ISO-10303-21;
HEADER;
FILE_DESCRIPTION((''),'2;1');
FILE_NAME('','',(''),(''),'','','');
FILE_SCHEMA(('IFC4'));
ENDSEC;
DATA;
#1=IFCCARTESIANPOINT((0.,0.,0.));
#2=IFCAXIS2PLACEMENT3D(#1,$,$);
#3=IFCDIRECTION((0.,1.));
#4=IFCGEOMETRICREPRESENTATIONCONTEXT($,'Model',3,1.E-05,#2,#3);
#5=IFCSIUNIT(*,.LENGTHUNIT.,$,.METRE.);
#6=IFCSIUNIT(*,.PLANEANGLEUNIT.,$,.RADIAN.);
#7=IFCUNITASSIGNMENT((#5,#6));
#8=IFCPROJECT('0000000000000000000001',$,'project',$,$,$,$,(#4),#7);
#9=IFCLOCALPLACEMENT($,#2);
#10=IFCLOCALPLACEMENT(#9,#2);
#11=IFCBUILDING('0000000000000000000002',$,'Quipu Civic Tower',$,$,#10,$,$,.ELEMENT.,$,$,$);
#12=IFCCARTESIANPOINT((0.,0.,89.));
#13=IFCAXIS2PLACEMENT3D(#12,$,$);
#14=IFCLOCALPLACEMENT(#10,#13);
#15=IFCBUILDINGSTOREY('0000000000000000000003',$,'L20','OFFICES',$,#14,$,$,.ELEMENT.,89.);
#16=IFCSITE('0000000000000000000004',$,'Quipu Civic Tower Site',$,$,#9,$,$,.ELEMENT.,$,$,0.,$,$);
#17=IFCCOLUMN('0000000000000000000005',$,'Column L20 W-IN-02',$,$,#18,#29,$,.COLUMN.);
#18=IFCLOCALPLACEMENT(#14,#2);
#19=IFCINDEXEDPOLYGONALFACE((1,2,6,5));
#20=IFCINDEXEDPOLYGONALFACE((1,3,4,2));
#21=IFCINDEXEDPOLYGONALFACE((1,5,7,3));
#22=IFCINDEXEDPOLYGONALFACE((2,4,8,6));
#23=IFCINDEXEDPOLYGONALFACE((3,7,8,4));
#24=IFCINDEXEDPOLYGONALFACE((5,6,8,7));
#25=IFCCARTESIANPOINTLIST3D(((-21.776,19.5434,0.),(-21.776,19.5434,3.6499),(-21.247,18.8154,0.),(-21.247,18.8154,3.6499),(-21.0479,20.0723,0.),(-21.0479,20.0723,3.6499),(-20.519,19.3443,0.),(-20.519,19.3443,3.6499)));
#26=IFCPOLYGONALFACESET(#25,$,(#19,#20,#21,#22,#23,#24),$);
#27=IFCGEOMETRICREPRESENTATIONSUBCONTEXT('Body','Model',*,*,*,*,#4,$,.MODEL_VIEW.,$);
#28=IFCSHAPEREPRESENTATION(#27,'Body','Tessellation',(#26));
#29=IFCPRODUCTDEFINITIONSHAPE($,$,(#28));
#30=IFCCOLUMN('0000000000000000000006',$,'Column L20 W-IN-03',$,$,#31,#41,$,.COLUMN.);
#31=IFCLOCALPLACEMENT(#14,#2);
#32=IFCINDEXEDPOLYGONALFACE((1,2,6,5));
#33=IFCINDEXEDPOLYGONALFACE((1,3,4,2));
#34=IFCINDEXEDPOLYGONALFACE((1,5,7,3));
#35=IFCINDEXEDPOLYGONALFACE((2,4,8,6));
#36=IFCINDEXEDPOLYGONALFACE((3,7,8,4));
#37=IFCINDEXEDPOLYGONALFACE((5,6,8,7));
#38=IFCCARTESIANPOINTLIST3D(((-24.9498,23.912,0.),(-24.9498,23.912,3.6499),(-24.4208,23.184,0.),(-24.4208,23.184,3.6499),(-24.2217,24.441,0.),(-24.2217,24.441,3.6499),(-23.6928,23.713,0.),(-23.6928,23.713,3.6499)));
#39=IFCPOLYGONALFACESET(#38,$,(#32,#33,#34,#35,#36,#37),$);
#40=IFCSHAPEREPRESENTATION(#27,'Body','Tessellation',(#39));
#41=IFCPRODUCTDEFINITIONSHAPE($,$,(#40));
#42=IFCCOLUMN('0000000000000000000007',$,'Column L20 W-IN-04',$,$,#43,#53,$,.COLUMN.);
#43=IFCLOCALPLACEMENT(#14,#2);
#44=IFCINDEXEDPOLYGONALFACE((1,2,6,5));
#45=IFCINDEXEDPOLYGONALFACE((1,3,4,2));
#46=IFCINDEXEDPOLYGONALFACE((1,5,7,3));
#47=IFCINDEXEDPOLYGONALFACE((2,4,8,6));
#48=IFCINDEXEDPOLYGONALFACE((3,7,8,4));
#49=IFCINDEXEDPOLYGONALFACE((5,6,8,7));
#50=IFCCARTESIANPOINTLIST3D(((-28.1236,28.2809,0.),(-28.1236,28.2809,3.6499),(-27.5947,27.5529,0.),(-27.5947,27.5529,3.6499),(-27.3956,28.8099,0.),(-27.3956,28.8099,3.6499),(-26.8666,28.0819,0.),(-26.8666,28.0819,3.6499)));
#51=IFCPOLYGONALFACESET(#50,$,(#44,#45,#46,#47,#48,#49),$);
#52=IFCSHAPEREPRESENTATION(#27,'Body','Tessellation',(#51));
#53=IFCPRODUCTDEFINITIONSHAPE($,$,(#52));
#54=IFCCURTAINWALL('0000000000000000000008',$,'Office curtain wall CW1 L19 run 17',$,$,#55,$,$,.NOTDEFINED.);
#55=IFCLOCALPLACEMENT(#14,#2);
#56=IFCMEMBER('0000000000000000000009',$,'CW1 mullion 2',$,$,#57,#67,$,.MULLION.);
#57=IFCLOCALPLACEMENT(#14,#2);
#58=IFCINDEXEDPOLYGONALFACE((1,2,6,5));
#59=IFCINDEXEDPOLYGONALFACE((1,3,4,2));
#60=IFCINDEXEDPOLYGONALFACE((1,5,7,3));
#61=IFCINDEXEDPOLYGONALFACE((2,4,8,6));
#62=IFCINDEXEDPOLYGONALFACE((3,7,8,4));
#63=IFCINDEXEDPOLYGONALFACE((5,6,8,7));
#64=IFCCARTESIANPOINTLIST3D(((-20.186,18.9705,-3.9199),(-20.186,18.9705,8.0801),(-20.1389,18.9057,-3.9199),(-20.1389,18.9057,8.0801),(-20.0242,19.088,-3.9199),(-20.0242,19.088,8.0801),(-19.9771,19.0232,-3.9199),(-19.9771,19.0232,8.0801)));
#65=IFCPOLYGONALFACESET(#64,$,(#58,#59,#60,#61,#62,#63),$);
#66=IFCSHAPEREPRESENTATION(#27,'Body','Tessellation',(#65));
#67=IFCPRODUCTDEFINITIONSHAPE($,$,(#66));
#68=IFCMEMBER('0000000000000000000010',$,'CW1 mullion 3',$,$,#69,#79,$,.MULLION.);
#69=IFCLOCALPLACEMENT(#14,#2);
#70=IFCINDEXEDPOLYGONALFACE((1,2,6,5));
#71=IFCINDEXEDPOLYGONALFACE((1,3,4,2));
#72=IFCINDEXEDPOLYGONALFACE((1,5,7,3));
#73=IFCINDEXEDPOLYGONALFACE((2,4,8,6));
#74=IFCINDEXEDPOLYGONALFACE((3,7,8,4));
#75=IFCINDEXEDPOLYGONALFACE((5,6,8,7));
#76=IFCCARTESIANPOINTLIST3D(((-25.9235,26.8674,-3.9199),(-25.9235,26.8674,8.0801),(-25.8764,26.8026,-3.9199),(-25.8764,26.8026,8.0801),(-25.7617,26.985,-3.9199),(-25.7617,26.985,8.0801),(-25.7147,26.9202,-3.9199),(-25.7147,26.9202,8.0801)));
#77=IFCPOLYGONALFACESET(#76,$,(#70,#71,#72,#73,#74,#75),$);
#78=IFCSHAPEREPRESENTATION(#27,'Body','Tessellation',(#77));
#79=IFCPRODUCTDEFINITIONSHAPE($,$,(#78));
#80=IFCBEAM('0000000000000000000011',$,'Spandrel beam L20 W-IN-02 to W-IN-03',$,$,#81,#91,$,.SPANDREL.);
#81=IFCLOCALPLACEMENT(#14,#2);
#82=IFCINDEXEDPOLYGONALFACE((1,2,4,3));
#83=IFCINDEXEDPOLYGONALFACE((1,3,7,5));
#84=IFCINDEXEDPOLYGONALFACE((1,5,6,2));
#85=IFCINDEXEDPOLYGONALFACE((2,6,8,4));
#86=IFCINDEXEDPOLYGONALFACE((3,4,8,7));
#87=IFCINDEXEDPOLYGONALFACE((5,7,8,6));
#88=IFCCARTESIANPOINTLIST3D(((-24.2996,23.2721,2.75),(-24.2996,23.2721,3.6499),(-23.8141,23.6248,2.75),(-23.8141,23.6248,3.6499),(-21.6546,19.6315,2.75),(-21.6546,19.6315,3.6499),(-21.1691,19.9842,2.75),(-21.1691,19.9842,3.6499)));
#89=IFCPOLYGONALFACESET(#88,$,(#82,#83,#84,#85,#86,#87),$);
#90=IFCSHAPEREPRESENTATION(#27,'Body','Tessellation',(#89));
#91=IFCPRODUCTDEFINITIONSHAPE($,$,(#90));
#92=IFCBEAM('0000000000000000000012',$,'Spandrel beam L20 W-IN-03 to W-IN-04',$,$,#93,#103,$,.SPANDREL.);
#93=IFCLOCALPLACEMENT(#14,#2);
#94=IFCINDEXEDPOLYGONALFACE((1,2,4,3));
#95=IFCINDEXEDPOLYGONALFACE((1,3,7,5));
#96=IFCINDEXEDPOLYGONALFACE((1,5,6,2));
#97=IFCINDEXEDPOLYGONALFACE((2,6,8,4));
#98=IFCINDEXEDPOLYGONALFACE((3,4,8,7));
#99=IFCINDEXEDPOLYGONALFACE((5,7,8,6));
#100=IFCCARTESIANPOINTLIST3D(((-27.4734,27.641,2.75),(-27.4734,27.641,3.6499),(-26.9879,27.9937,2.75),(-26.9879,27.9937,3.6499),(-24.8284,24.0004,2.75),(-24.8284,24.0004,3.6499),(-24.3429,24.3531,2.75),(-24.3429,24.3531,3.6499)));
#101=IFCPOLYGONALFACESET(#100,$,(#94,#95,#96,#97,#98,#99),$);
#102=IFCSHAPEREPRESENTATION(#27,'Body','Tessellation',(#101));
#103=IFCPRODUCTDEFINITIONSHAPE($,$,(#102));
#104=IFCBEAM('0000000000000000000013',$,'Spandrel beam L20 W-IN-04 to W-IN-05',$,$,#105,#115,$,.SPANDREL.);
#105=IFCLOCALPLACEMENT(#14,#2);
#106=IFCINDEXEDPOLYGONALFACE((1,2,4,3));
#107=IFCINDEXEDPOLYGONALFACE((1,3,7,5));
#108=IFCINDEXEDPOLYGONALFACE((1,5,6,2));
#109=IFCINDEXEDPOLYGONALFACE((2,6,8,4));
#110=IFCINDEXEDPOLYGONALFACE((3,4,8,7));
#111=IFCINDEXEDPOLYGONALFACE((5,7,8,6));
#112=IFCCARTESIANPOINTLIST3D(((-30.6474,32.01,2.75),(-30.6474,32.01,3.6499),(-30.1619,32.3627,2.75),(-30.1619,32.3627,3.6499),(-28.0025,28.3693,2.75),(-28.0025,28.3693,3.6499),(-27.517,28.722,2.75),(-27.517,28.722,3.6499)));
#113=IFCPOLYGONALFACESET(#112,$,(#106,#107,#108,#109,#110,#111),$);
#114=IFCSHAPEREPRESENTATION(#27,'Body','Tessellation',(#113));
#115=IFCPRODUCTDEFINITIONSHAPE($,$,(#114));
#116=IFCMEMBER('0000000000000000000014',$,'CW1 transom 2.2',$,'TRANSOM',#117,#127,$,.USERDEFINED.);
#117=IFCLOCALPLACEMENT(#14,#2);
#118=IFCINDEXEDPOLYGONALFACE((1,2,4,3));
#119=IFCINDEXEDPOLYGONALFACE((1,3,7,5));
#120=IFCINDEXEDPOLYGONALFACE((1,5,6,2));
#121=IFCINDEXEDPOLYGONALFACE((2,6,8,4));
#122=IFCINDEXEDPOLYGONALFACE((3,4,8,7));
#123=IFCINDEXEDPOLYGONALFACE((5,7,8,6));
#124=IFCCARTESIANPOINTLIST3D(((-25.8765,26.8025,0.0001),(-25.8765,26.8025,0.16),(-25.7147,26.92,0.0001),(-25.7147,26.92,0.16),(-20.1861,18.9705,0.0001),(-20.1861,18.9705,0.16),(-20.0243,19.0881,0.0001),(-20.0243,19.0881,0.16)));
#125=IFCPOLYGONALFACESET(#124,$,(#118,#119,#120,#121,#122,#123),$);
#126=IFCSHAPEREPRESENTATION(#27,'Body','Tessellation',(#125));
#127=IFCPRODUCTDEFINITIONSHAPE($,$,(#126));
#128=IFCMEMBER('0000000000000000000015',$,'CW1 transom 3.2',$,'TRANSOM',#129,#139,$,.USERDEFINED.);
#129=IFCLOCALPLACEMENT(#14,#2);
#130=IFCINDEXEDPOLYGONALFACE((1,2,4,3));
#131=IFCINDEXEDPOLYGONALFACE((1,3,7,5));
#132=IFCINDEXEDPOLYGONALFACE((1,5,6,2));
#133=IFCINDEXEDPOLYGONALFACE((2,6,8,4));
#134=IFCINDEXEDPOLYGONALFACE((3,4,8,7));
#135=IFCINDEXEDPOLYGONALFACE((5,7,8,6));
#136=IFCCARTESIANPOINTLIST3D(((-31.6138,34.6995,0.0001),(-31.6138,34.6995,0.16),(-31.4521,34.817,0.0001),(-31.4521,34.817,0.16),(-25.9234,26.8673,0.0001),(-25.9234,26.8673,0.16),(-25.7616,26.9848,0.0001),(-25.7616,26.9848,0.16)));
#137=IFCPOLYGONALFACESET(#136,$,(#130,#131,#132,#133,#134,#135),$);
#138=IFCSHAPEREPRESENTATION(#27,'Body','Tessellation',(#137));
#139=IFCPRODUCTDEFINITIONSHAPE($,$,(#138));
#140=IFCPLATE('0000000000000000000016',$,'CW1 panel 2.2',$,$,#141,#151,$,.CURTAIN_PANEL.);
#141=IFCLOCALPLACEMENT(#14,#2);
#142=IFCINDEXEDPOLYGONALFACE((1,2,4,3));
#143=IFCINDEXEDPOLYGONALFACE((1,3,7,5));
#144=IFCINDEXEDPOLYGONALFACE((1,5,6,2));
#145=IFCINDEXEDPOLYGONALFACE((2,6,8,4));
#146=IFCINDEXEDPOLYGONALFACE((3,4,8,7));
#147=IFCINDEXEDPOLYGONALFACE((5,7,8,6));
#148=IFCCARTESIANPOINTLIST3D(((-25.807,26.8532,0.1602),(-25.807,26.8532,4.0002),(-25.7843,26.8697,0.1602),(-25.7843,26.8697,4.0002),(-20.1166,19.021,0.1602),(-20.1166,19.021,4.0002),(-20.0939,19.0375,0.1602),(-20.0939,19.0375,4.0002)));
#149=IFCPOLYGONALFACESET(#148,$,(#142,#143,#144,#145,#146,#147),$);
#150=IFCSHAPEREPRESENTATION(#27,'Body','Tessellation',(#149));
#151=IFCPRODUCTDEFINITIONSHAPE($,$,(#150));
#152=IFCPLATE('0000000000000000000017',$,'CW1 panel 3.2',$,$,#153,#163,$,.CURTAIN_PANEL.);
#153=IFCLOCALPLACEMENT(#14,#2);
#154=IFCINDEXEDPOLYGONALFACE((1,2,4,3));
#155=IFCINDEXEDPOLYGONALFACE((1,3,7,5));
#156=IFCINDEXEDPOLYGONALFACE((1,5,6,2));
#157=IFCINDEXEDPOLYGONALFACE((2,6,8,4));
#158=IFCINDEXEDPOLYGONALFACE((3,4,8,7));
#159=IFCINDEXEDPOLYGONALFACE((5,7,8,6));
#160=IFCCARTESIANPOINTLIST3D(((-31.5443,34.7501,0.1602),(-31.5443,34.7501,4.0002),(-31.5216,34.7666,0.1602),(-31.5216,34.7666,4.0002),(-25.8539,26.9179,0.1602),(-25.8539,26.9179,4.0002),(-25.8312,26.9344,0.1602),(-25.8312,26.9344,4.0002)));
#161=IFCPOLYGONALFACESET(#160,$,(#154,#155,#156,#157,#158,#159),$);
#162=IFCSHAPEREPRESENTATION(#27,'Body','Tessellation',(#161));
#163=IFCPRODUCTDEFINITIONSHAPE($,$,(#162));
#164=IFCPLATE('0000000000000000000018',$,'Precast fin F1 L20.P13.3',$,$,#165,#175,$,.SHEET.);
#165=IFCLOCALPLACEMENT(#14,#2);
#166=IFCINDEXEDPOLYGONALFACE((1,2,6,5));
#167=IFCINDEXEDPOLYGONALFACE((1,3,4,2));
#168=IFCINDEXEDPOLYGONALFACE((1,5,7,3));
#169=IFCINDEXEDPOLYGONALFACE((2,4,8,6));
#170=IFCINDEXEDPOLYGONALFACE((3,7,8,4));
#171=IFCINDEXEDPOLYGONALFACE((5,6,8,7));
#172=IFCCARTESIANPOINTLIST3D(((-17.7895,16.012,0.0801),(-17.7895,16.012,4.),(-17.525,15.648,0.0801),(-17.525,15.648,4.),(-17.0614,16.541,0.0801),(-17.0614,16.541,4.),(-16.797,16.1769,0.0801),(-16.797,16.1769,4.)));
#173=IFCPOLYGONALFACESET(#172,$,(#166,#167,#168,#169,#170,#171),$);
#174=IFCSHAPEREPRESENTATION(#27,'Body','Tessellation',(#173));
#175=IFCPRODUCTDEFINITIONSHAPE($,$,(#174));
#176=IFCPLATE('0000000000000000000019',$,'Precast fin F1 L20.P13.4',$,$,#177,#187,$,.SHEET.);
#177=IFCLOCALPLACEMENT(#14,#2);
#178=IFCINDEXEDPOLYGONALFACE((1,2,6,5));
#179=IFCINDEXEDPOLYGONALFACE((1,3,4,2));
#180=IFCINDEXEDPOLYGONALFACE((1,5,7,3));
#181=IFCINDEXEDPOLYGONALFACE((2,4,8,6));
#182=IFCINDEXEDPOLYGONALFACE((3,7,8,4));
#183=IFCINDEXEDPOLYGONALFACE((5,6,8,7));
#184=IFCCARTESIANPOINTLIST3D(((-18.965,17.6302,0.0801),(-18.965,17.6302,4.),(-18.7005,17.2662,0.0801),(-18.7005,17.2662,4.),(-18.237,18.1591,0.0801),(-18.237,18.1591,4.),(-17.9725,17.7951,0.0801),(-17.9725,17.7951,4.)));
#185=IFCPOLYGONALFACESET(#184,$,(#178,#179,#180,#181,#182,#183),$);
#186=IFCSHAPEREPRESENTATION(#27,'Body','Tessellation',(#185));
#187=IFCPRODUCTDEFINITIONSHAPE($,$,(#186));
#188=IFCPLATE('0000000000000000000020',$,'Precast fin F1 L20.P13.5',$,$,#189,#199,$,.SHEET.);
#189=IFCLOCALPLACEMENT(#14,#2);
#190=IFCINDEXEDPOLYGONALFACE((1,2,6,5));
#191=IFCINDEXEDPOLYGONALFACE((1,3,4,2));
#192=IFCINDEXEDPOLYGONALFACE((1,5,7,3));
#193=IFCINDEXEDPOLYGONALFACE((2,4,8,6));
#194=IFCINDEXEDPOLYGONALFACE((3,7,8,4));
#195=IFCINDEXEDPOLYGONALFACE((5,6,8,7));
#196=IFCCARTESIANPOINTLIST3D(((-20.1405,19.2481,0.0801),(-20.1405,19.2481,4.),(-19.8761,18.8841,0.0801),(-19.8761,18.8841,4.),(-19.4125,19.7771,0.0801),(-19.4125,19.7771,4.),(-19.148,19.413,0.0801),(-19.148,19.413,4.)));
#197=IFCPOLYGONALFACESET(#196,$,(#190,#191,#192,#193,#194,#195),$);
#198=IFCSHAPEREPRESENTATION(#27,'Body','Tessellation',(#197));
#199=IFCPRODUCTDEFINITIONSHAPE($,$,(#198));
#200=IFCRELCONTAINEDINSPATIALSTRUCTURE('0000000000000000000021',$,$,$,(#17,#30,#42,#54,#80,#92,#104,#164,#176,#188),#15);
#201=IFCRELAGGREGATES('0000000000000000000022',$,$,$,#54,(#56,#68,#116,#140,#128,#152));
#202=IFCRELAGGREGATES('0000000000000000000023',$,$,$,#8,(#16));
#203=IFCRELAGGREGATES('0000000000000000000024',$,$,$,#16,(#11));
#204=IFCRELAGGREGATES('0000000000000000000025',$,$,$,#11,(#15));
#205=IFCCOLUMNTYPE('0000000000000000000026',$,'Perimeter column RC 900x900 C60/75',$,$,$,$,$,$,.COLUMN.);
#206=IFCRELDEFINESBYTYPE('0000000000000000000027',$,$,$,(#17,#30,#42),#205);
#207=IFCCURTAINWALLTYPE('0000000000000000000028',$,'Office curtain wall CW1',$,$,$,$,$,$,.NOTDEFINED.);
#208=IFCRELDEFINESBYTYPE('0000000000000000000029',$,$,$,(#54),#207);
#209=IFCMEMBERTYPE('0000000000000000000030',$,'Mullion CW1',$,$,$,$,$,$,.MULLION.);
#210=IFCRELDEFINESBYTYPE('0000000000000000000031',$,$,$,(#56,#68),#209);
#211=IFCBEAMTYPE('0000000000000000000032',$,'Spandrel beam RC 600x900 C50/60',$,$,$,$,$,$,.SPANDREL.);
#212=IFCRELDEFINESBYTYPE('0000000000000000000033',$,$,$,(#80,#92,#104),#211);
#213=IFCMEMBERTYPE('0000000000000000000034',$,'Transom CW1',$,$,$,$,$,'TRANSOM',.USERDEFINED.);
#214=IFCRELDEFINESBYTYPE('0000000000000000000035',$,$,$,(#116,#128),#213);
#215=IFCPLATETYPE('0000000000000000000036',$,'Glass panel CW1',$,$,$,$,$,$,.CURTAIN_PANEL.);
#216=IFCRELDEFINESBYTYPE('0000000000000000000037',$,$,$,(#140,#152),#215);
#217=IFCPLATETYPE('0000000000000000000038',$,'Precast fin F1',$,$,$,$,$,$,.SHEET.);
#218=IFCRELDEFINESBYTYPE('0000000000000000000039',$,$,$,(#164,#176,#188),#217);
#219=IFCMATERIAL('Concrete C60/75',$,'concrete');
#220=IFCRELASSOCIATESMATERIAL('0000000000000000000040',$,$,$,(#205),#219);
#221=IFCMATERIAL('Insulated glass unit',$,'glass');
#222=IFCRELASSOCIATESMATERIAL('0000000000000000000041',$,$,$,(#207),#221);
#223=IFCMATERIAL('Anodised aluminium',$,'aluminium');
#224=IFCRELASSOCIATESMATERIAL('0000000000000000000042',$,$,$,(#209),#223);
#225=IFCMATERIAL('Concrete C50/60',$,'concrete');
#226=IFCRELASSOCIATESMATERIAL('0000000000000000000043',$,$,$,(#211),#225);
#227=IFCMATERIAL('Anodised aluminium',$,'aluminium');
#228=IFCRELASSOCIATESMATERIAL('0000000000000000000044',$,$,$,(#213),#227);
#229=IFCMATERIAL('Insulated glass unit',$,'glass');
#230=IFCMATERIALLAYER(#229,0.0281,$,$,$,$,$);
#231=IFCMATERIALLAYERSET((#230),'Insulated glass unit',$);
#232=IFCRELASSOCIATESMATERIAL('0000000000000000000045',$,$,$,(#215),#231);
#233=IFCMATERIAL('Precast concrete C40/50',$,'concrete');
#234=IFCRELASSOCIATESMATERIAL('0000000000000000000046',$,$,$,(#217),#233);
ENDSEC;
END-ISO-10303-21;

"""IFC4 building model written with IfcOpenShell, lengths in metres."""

from ifc_helpers import new_model, si_unit, direction, frame, origin, origin_2d, place, context, subcontext, project, spatial, rectangle, extrude, material, layer, layer_set, material_profile, profile_set, type_object, element, aggregate, save


model = new_model("IFC4")

# Units and contexts
model_context = context("Model", 3, precision=1e-05, world=origin(), true_north=direction((0.0, 1.0)))
body_context = subcontext(model_context, "Body", "Model", "MODEL_VIEW")
ifc_project = project(units=[si_unit("LENGTHUNIT", "METRE"), si_unit("PLANEANGLEUNIT", "RADIAN")], contexts=[model_context])

# Site, building, storey
site_placement = place(None, origin())
site = spatial("IfcSite", under=ifc_project, at=site_placement, Name="Quipu Civic Tower Site", CompositionType="ELEMENT", RefElevation=0.0)
building_placement = place(site_placement, origin())
building = spatial("IfcBuilding", under=site, at=building_placement, Name="Quipu Civic Tower", CompositionType="ELEMENT")
storey_placement = place(building_placement, frame((0.0, 0.0, 89.0)))
storey = spatial("IfcBuildingStorey", under=building, at=storey_placement, Name="L20", Description="OFFICES", CompositionType="ELEMENT", Elevation=89.0)

# Columns
ifc_material_1 = material(Name="Concrete C60/75", Category="concrete")
ifc_material_profile_1 = material_profile(ifc_material_1, rectangle(XDim=0.8999, YDim=0.8999, at=origin_2d()), Name="RC900x900")
ifc_profile_set_1 = profile_set([ifc_material_profile_1], Name="Concrete C60/75")
column_type = type_object("IfcColumnType", Name="Perimeter column RC 900x900 C60/75", PredefinedType="COLUMN", material=ifc_profile_set_1)
for number, where, z_axis, x_axis, name in (
    (1, (-21.1475, 19.4438, 0.0), (0.0, 0.0, 1.0), (-0.587785, 0.809017, 0.0), "Column L20 W-IN-02"),
    (2, (-24.3213, 23.8125, 0.0), (0.0, 0.0, 1.0), (-0.587785, 0.809017, 0.0), "Column L20 W-IN-03"),
    (3, (-27.4951, 28.1814, 0.0), (0.0, 0.0, 1.0), (-0.587785, 0.809017, 0.0), "Column L20 W-IN-04"),
):
    element("IfcColumn", number, at=place(storey_placement, frame(where, z_axis=z_axis, x_axis=x_axis)), inside=storey, type_object=column_type, Name=name, PredefinedType="COLUMN", context=body_context, shape_type="SweptSolid", body=[
        extrude(rectangle(XDim=0.8999, YDim=0.8999, at=origin_2d()), origin(), (0.0, 0.0, 1.0), 3.6499),
    ])

# Curtain wall, members
ifc_material_2 = material(Name="Insulated glass unit", Category="glass")
curtain_wall_type = type_object("IfcCurtainWallType", Name="Office curtain wall CW1", PredefinedType="NOTDEFINED", material=ifc_material_2)
curtain_wall_placement = place(storey_placement, origin())
curtain_wall = element("IfcCurtainWall", 4, at=curtain_wall_placement, inside=storey, type_object=curtain_wall_type, Name="Office curtain wall CW1 L19 run 17", PredefinedType="NOTDEFINED")
ifc_material_3 = material(Name="Anodised aluminium", Category="aluminium")
ifc_material_profile_2 = material_profile(ifc_material_3, rectangle(XDim=0.2, YDim=0.0801, at=origin_2d()), Name="RECT 200x80")
ifc_profile_set_2 = profile_set([ifc_material_profile_2], Name="Anodised aluminium")
member_type_1 = type_object("IfcMemberType", Name="Mullion CW1", PredefinedType="MULLION", material=ifc_profile_set_2)
member_1_placement = place(storey_placement, frame((-20.0815, 18.9968, -3.9199), z_axis=(0.0, 0.0, 1.0), x_axis=(-0.809017, -0.587786, 0.0)))
member_1 = element("IfcMember", 5, at=member_1_placement, type_object=member_type_1, Name="CW1 mullion 2", PredefinedType="MULLION", context=body_context, shape_type="SweptSolid", body=[
    extrude(rectangle(XDim=0.2, YDim=0.0801, at=origin_2d()), origin(), (0.0, 0.0, 1.0), 12.0),
])
member_2_placement = place(storey_placement, frame((-25.8191, 26.8938, -3.9199), z_axis=(0.0, 0.0, 1.0), x_axis=(-0.809017, -0.587786, 0.0)))
member_2 = element("IfcMember", 6, at=member_2_placement, type_object=member_type_1, Name="CW1 mullion 3", PredefinedType="MULLION", context=body_context, shape_type="SweptSolid", body=[
    extrude(rectangle(XDim=0.2, YDim=0.0801, at=origin_2d()), origin(), (0.0, 0.0, 1.0), 12.0),
])

# Beams
ifc_material_4 = material(Name="Concrete C50/60", Category="concrete")
ifc_material_profile_3 = material_profile(ifc_material_4, rectangle(XDim=0.6001, YDim=0.8999, at=origin_2d()), Name="RC600x900")
ifc_profile_set_3 = profile_set([ifc_material_profile_3], Name="Concrete C50/60")
beam_type = type_object("IfcBeamType", Name="Spandrel beam RC 600x900 C50/60", PredefinedType="SPANDREL", material=ifc_profile_set_3)
for number, where, z_axis, x_axis, name in (
    (7, (-21.4119, 19.8079, 3.2), (-0.587778, 0.809022, 0.0), (-0.809022, -0.587778, 0.0), "Spandrel beam L20 W-IN-02 to W-IN-03"),
    (8, (-24.5857, 24.1768, 3.2), (-0.587778, 0.809022, 0.0), (-0.809022, -0.587778, 0.0), "Spandrel beam L20 W-IN-03 to W-IN-04"),
    (9, (-27.7598, 28.5457, 3.2), (-0.587743, 0.809048, 0.0), (-0.809048, -0.587743, 0.0), "Spandrel beam L20 W-IN-04 to W-IN-05"),
):
    element("IfcBeam", number, at=place(storey_placement, frame(where, z_axis=z_axis, x_axis=x_axis)), inside=storey, type_object=beam_type, Name=name, PredefinedType="SPANDREL", context=body_context, shape_type="SweptSolid", body=[
        extrude(rectangle(XDim=0.6001, YDim=0.8999, at=origin_2d()), origin(), (0.0, 0.0, 1.0), 4.5),
    ])

# Members
ifc_material_5 = material(Name="Anodised aluminium", Category="aluminium")
ifc_material_profile_4 = material_profile(ifc_material_5, rectangle(XDim=0.2, YDim=0.1599, at=origin_2d()), Name="RECT 200x160")
ifc_profile_set_4 = profile_set([ifc_material_profile_4], Name="Anodised aluminium")
member_type_2 = type_object("IfcMemberType", Name="Transom CW1", ElementType="TRANSOM", PredefinedType="USERDEFINED", material=ifc_profile_set_4)
member_3_placement = place(storey_placement, frame((-20.1052, 19.0293, 0.0801), z_axis=(-0.587794, 0.809011, 0.0), x_axis=(-0.809011, -0.587794, 0.0)))
member_3 = element("IfcMember", 10, at=member_3_placement, type_object=member_type_2, Name="CW1 transom 2.2", ObjectType="TRANSOM", PredefinedType="USERDEFINED", context=body_context, shape_type="SweptSolid", body=[
    extrude(rectangle(XDim=0.2, YDim=0.1599, at=origin_2d()), origin(), (0.0, 0.0, 1.0), 9.6809),
])
member_4_placement = place(storey_placement, frame((-25.8425, 26.926, 0.0801), z_axis=(-0.587782, 0.80902, 0.0), x_axis=(-0.80902, -0.587782, 0.0)))
member_4 = element("IfcMember", 11, at=member_4_placement, type_object=member_type_2, Name="CW1 transom 3.2", ObjectType="TRANSOM", PredefinedType="USERDEFINED", context=body_context, shape_type="SweptSolid", body=[
    extrude(rectangle(XDim=0.2, YDim=0.1599, at=origin_2d()), origin(), (0.0, 0.0, 1.0), 9.6812),
])

# Plates
ifc_material_6 = material(Name="Insulated glass unit", Category="glass")
ifc_layer_1 = layer(ifc_material_6, 0.0281)
ifc_layer_set_1 = layer_set([ifc_layer_1], Name="Insulated glass unit")
plate_type_1 = type_object("IfcPlateType", Name="Glass panel CW1", PredefinedType="CURTAIN_PANEL", material=ifc_layer_set_1)
plate_1_placement = place(storey_placement, frame((-22.9504, 22.9453, 0.1602), z_axis=(0.0, 0.0, 1.0), x_axis=(-0.587786, 0.809017, 0.0)))
plate_1 = element("IfcPlate", 12, at=plate_1_placement, type_object=plate_type_1, Name="CW1 panel 2.2", PredefinedType="CURTAIN_PANEL", context=body_context, shape_type="SweptSolid", body=[
    extrude(rectangle(XDim=9.6812, YDim=0.0281, at=origin_2d()), origin(), (0.0, 0.0, 1.0), 3.8401),
])
plate_2_placement = place(storey_placement, frame((-28.6877, 30.8423, 0.1602), z_axis=(0.0, 0.0, 1.0), x_axis=(-0.587786, 0.809017, 0.0)))
plate_2 = element("IfcPlate", 13, at=plate_2_placement, type_object=plate_type_1, Name="CW1 panel 3.2", PredefinedType="CURTAIN_PANEL", context=body_context, shape_type="SweptSolid", body=[
    extrude(rectangle(XDim=9.6812, YDim=0.0281, at=origin_2d()), origin(), (0.0, 0.0, 1.0), 3.8401),
])
aggregate(curtain_wall, [member_1, member_2, member_3, plate_1, member_4, plate_2])

# Plates
ifc_material_7 = material(Name="Precast concrete C40/50", Category="concrete")
plate_type_2 = type_object("IfcPlateType", Name="Precast fin F1", PredefinedType="SHEET", material=ifc_material_7)
for number, where, z_axis, x_axis, name in (
    (14, (-17.2932, 16.0945, 0.0801), (0.0, 0.0, 1.0), (-0.587785, 0.809017, 0.0), "Precast fin F1 L20.P13.3"),
    (15, (-18.4688, 17.7126, 0.0801), (0.0, 0.0, 1.0), (-0.587785, 0.809017, 0.0), "Precast fin F1 L20.P13.4"),
    (16, (-19.6443, 19.3306, 0.0801), (0.0, 0.0, 1.0), (-0.587785, 0.809017, 0.0), "Precast fin F1 L20.P13.5"),
):
    element("IfcPlate", number, at=place(storey_placement, frame(where, z_axis=z_axis, x_axis=x_axis)), inside=storey, type_object=plate_type_2, Name=name, PredefinedType="SHEET", context=body_context, shape_type="SweptSolid", body=[
        extrude(rectangle(XDim=0.45, YDim=0.8999, at=origin_2d()), origin(), (0.0, 0.0, 1.0), 3.9199),
    ])

save(model, "model.ifc")
